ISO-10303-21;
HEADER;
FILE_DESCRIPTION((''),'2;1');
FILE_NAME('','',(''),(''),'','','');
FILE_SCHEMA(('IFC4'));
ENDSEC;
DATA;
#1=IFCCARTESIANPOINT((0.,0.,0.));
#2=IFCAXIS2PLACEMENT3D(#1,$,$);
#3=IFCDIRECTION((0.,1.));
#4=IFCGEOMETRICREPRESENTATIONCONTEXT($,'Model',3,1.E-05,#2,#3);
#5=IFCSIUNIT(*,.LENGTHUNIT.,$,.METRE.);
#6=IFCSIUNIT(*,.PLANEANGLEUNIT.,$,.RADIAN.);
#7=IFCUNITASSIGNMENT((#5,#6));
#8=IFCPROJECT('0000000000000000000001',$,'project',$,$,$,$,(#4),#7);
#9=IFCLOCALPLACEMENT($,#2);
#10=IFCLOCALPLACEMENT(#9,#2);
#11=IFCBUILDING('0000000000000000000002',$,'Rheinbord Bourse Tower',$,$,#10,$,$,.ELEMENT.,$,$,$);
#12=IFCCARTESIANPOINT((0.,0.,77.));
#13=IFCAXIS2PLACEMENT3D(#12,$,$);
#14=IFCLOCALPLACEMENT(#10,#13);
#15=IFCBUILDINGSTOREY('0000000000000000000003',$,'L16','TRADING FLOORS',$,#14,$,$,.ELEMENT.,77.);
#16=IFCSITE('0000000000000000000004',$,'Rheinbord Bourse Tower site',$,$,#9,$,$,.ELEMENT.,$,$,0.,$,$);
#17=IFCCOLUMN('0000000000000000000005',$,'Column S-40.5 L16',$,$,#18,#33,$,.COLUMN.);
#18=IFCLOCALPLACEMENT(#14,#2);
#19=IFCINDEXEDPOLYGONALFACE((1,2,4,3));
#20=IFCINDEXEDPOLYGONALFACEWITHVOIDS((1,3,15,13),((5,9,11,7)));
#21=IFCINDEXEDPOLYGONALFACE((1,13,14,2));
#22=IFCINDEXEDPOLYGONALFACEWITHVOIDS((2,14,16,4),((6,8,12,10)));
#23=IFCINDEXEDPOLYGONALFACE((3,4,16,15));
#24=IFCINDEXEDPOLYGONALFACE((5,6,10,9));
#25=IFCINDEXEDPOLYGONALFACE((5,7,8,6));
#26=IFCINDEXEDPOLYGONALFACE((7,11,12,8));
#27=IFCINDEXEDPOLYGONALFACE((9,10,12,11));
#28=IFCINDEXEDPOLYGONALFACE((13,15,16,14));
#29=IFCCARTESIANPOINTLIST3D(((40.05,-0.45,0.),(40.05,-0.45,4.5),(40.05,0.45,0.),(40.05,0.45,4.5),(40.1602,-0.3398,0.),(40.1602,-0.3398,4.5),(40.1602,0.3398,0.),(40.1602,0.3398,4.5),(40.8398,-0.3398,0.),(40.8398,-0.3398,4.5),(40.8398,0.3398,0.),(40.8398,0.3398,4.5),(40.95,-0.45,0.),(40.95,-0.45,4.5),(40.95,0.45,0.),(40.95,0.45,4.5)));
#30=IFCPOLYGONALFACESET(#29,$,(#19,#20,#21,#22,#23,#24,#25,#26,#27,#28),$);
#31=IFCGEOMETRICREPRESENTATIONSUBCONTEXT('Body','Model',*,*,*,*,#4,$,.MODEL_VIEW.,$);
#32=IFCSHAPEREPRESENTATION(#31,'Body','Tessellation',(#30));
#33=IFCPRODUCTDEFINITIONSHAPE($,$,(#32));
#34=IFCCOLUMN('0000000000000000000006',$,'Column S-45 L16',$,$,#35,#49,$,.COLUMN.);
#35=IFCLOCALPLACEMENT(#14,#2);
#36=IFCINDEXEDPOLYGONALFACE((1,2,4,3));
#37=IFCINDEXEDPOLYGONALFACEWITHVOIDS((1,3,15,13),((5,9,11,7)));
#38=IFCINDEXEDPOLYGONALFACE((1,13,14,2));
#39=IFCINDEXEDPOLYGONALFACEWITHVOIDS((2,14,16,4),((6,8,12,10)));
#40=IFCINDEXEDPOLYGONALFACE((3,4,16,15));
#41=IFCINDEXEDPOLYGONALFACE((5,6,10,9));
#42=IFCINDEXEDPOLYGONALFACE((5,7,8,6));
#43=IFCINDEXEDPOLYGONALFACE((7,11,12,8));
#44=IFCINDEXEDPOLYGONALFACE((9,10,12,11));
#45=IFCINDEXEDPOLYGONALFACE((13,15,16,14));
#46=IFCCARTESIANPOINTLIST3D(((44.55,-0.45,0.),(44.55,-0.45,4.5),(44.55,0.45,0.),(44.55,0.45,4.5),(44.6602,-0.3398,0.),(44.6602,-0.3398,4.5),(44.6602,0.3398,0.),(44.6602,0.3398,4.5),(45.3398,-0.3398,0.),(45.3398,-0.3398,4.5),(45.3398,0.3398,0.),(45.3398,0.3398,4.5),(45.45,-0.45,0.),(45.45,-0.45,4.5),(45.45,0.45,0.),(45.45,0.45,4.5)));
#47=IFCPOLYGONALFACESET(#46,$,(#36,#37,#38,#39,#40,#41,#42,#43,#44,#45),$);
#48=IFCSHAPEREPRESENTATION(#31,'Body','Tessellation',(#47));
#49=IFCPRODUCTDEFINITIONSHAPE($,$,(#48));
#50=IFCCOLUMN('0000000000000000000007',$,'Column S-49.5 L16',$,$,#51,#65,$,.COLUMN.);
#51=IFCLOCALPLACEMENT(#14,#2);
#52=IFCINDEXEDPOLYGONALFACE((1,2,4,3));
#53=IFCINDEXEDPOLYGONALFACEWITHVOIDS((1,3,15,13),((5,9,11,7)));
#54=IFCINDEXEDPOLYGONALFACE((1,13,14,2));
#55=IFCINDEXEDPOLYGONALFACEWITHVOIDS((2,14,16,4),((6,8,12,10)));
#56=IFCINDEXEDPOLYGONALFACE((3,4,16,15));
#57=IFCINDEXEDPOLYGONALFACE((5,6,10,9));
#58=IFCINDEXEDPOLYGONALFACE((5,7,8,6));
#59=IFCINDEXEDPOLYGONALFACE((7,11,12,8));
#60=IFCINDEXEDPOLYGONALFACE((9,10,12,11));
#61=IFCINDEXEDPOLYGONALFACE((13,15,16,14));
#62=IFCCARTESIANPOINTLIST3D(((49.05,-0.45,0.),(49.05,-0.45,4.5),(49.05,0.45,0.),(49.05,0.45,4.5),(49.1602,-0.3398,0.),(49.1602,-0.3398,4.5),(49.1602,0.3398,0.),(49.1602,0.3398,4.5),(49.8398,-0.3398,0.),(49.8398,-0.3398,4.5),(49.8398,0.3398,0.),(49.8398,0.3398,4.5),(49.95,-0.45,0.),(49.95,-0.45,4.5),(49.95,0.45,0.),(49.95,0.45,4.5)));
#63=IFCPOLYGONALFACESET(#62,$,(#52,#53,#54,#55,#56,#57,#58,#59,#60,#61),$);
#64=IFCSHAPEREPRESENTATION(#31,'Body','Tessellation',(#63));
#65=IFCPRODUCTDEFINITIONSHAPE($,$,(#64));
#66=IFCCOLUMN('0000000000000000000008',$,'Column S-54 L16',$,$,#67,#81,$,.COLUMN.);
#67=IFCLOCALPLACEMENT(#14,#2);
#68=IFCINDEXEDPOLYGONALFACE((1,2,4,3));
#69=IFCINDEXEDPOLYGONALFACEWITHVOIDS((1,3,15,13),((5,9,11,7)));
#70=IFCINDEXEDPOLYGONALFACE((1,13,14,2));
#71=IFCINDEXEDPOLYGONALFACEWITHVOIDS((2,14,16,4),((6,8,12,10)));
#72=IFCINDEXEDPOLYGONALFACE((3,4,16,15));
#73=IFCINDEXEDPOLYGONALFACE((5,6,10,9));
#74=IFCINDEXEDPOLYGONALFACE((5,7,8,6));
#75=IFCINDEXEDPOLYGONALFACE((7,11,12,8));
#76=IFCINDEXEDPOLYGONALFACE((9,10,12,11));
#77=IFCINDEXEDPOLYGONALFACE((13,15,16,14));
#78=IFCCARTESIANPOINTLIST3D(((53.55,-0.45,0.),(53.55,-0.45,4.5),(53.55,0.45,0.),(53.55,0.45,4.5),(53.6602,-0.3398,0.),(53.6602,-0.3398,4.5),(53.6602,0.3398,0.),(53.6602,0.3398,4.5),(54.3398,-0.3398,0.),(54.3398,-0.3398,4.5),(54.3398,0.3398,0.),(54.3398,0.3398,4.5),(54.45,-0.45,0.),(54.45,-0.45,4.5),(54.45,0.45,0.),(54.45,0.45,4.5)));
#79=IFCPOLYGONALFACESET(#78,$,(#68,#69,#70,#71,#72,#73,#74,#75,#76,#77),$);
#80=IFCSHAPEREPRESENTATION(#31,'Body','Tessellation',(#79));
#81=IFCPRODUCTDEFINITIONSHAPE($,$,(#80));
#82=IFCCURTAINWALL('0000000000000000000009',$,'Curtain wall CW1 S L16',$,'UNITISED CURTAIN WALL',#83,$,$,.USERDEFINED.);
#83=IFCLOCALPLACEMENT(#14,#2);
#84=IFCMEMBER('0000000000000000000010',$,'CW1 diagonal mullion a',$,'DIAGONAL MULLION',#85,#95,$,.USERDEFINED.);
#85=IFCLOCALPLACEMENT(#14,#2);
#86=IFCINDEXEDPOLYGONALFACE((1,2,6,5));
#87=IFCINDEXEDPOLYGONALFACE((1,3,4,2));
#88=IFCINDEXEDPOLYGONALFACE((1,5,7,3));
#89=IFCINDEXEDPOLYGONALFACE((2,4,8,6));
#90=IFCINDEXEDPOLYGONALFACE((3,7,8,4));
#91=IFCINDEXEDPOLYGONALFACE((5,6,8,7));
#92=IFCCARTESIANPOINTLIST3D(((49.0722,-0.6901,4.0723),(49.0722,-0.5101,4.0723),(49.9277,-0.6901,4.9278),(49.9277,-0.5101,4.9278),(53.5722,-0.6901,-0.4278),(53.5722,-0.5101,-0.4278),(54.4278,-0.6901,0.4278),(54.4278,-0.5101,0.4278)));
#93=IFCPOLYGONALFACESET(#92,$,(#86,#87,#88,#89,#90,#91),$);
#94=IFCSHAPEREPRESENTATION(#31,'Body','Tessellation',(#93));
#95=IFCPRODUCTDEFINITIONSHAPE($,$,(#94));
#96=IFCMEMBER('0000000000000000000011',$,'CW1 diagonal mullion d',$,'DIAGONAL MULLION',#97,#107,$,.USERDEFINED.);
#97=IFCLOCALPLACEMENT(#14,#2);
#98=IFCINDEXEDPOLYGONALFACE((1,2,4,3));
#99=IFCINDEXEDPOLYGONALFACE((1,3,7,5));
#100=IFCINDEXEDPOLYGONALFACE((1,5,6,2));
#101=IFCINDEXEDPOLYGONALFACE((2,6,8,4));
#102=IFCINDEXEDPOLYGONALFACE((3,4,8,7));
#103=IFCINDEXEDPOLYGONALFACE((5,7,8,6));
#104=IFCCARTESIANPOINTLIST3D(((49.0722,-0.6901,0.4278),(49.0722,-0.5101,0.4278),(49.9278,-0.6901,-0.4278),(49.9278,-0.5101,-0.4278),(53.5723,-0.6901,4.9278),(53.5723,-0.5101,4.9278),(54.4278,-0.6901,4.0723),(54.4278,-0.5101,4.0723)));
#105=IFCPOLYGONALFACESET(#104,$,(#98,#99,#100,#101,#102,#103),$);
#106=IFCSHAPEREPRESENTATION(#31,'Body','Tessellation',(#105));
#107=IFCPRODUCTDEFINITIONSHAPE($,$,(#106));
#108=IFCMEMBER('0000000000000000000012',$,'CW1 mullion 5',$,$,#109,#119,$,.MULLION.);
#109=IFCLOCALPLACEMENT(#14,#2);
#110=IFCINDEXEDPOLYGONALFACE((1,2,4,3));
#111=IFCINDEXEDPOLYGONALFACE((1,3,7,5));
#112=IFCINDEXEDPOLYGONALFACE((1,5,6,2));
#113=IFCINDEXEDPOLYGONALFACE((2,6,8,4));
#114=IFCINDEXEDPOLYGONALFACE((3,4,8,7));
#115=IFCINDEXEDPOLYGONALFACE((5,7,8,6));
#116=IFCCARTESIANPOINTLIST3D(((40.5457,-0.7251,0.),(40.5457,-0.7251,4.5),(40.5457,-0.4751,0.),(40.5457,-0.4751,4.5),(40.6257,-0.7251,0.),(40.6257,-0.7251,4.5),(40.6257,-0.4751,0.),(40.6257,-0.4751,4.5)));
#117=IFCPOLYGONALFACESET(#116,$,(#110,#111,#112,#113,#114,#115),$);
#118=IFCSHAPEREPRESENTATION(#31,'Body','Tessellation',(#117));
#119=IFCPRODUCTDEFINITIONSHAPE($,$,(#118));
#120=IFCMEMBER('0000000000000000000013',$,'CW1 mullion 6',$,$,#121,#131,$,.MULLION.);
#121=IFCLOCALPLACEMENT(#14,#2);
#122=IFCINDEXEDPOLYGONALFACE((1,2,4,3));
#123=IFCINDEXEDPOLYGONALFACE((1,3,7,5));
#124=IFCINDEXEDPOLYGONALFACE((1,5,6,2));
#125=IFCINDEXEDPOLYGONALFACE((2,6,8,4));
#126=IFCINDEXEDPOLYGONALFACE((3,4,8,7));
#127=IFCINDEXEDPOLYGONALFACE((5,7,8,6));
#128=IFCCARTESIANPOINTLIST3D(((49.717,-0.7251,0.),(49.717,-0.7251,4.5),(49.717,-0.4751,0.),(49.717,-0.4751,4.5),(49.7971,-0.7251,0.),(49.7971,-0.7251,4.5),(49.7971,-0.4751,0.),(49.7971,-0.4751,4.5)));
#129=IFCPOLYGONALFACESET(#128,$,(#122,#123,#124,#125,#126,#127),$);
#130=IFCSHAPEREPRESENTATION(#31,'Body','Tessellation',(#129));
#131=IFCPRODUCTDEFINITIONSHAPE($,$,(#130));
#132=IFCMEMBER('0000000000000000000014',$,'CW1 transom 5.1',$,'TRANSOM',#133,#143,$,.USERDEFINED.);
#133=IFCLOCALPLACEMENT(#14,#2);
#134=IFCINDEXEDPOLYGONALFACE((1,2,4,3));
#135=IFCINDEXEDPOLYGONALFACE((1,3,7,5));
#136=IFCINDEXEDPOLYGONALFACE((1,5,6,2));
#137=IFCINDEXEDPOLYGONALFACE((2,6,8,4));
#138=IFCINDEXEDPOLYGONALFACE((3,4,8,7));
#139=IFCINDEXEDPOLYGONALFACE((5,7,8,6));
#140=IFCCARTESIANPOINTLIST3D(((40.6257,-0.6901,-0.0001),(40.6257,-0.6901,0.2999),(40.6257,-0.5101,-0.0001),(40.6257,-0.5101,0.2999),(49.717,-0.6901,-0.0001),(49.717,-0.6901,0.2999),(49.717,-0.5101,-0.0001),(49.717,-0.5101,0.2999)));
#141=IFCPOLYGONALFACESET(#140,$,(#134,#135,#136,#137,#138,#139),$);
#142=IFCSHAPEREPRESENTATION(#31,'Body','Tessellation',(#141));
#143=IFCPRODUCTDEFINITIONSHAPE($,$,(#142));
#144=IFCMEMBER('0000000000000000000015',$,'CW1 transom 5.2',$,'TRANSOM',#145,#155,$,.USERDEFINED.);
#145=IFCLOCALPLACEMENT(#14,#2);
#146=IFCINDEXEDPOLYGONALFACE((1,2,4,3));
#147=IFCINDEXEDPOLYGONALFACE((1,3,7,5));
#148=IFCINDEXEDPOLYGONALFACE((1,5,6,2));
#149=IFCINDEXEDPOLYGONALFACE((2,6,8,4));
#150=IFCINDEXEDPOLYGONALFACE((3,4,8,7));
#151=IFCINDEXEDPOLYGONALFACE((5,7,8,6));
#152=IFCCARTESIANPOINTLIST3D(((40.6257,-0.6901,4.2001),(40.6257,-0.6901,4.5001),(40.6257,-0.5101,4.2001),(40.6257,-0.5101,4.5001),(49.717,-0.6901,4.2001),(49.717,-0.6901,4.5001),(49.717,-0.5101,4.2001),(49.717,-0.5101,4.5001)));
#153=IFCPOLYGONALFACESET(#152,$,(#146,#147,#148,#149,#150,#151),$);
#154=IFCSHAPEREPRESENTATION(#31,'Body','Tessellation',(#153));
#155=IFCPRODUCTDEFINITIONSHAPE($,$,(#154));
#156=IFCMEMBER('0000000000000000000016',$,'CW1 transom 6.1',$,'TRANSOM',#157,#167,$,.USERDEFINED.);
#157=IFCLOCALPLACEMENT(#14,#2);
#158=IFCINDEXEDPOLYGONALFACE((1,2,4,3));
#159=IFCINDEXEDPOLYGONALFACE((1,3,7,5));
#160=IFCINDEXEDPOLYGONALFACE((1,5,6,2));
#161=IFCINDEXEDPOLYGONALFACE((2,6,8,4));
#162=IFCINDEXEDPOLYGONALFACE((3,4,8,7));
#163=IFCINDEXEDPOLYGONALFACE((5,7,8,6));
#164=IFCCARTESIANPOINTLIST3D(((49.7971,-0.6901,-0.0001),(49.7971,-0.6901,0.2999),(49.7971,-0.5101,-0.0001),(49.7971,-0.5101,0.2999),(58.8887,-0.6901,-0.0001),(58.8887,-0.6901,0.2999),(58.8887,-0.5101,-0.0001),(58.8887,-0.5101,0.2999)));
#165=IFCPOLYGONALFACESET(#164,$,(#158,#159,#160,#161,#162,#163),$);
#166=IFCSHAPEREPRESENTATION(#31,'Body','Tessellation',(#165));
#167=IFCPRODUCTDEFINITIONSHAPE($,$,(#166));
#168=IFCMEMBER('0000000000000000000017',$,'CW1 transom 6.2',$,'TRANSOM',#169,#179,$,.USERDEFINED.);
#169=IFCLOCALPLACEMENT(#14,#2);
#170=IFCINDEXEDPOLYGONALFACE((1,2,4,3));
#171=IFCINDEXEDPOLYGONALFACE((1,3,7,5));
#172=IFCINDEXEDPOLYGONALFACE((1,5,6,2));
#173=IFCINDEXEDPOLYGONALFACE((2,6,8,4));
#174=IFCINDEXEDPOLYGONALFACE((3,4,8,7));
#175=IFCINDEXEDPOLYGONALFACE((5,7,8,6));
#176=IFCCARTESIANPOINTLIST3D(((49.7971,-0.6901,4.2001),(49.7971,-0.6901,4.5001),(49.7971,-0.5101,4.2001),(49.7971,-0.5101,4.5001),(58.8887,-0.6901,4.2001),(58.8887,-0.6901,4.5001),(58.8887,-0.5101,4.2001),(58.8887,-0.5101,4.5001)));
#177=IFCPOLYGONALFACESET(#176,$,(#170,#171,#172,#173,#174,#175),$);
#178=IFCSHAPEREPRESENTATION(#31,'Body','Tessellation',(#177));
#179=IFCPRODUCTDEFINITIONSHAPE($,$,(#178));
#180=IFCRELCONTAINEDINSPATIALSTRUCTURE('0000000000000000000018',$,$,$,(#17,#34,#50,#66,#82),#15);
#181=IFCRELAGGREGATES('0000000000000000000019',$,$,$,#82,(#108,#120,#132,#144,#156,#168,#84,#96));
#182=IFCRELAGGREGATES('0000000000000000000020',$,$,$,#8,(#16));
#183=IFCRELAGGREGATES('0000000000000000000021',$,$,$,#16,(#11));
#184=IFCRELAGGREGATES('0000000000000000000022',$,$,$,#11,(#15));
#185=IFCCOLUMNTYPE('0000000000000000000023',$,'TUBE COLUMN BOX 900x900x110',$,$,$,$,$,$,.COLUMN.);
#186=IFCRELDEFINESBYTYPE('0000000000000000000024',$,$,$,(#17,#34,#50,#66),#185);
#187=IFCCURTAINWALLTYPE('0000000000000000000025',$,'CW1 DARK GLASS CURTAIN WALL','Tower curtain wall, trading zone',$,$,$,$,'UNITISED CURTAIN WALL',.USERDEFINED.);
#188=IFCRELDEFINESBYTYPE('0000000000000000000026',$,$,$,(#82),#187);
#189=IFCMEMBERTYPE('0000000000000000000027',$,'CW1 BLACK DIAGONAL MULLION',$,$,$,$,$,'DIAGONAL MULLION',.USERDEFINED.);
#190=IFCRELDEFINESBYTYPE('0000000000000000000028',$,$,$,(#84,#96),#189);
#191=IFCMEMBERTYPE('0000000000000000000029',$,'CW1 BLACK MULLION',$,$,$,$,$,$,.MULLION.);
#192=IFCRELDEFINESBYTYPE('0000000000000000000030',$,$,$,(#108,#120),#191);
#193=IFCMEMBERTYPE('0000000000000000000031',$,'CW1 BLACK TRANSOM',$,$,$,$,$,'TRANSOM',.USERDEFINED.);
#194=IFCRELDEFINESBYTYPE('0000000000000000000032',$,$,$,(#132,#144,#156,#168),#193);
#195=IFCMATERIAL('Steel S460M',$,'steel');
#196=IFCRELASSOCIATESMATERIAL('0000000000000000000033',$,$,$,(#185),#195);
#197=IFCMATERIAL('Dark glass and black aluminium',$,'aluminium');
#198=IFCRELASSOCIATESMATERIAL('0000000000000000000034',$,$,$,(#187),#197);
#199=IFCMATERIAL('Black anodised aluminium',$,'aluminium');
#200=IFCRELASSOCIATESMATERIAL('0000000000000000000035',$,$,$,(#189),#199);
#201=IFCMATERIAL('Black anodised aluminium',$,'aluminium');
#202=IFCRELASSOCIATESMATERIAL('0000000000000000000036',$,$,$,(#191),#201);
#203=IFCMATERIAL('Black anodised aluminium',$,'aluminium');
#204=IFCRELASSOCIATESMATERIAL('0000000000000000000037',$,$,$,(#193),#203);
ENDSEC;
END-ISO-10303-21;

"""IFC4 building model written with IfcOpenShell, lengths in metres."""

from ifc_helpers import new_model, si_unit, direction, frame, origin, origin_2d, place, context, subcontext, project, spatial, rectangle, hollow_rectangle, extrude, material, material_profile, profile_set, type_object, element, aggregate, save


model = new_model("IFC4")

# Units and contexts
model_context = context("Model", 3, precision=1e-05, world=origin(), true_north=direction((0.0, 1.0)))
body_context = subcontext(model_context, "Body", "Model", "MODEL_VIEW")
ifc_project = project(units=[si_unit("LENGTHUNIT", "METRE"), si_unit("PLANEANGLEUNIT", "RADIAN")], contexts=[model_context])

# Site, building, storey
site_placement = place(None, origin())
site = spatial("IfcSite", under=ifc_project, at=site_placement, Name="Rheinbord Bourse Tower site", CompositionType="ELEMENT", RefElevation=0.0)
building_placement = place(site_placement, origin())
building = spatial("IfcBuilding", under=site, at=building_placement, Name="Rheinbord Bourse Tower", CompositionType="ELEMENT")
storey_placement = place(building_placement, frame((0.0, 0.0, 77.0)))
storey = spatial("IfcBuildingStorey", under=building, at=storey_placement, Name="L16", Description="TRADING FLOORS", CompositionType="ELEMENT", Elevation=77.0)

# Columns
ifc_material_1 = material(Name="Steel S460M", Category="steel")
ifc_material_profile_1 = material_profile(ifc_material_1, hollow_rectangle(XDim=0.8999, YDim=0.8999, WallThickness=0.1101, at=origin_2d()), Name="BOX 900x900x110")
ifc_profile_set_1 = profile_set([ifc_material_profile_1], Name="Steel S460M")
column_type = type_object("IfcColumnType", Name="TUBE COLUMN BOX 900x900x110", PredefinedType="COLUMN", material=ifc_profile_set_1)
for number, where, z_axis, x_axis, name in (
    (1, (40.5, 0.0, 0.0), (0.0, 0.0, 1.0), (0.0, 1.0, 0.0), "Column S-40.5 L16"),
    (2, (45.0, 0.0, 0.0), (0.0, 0.0, 1.0), (0.0, 1.0, 0.0), "Column S-45 L16"),
    (3, (49.5, 0.0, 0.0), (0.0, 0.0, 1.0), (0.0, 1.0, 0.0), "Column S-49.5 L16"),
    (4, (54.0, 0.0, 0.0), (0.0, 0.0, 1.0), (0.0, 1.0, 0.0), "Column S-54 L16"),
):
    element("IfcColumn", number, at=place(storey_placement, frame(where, z_axis=z_axis, x_axis=x_axis)), inside=storey, type_object=column_type, Name=name, PredefinedType="COLUMN", context=body_context, shape_type="SweptSolid", body=[
        extrude(hollow_rectangle(XDim=0.8999, YDim=0.8999, WallThickness=0.1101, at=origin_2d()), origin(), (0.0, 0.0, 1.0), 4.5),
    ])

# Curtain wall, members
ifc_material_2 = material(Name="Dark glass and black aluminium", Category="aluminium")
curtain_wall_type = type_object("IfcCurtainWallType", Name="CW1 DARK GLASS CURTAIN WALL", Description="Tower curtain wall, trading zone", ElementType="UNITISED CURTAIN WALL", PredefinedType="USERDEFINED", material=ifc_material_2)
curtain_wall_placement = place(storey_placement, origin())
curtain_wall = element("IfcCurtainWall", 5, at=curtain_wall_placement, inside=storey, type_object=curtain_wall_type, Name="Curtain wall CW1 S L16", ObjectType="UNITISED CURTAIN WALL", PredefinedType="USERDEFINED")
ifc_material_3 = material(Name="Black anodised aluminium", Category="aluminium")
ifc_material_profile_2 = material_profile(ifc_material_3, rectangle(XDim=0.1799, YDim=1.21, at=origin_2d()), Name="CW1 DIAGONAL MULLION 1210x180")
ifc_profile_set_2 = profile_set([ifc_material_profile_2], Name="Black anodised aluminium")
member_type_1 = type_object("IfcMemberType", Name="CW1 BLACK DIAGONAL MULLION", ElementType="DIAGONAL MULLION", PredefinedType="USERDEFINED", material=ifc_profile_set_2)
member_1_placement = place(storey_placement, frame((54.0, -0.6001, 0.0), z_axis=(-0.707107, 0.0, 0.707107), x_axis=(0.0, -1.0, 0.0)))
member_1 = element("IfcMember", 6, at=member_1_placement, type_object=member_type_1, Name="CW1 diagonal mullion a", ObjectType="DIAGONAL MULLION", PredefinedType="USERDEFINED", context=body_context, shape_type="SweptSolid", body=[
    extrude(rectangle(XDim=0.1799, YDim=1.21, at=origin_2d()), origin(), (0.0, 0.0, 1.0), 6.364),
])
member_2_placement = place(storey_placement, frame((49.5, -0.6001, 0.0), z_axis=(0.707107, 0.0, 0.707107), x_axis=(0.0, 1.0, 0.0)))
member_2 = element("IfcMember", 7, at=member_2_placement, type_object=member_type_1, Name="CW1 diagonal mullion d", ObjectType="DIAGONAL MULLION", PredefinedType="USERDEFINED", context=body_context, shape_type="SweptSolid", body=[
    extrude(rectangle(XDim=0.1799, YDim=1.21, at=origin_2d()), origin(), (0.0, 0.0, 1.0), 6.364),
])
ifc_material_4 = material(Name="Black anodised aluminium", Category="aluminium")
ifc_material_profile_3 = material_profile(ifc_material_4, rectangle(XDim=0.25, YDim=0.0801, at=origin_2d()), Name="CW1 MULLION 80x250")
ifc_profile_set_3 = profile_set([ifc_material_profile_3], Name="Black anodised aluminium")
member_type_2 = type_object("IfcMemberType", Name="CW1 BLACK MULLION", PredefinedType="MULLION", material=ifc_profile_set_3)
member_3_placement = place(storey_placement, frame((40.5857, -0.6001, 0.0), z_axis=(0.0, 0.0, 1.0), x_axis=(0.0, 1.0, 0.0)))
member_3 = element("IfcMember", 8, at=member_3_placement, type_object=member_type_2, Name="CW1 mullion 5", PredefinedType="MULLION", context=body_context, shape_type="SweptSolid", body=[
    extrude(rectangle(XDim=0.25, YDim=0.0801, at=origin_2d()), origin(), (0.0, 0.0, 1.0), 4.5),
])
member_4_placement = place(storey_placement, frame((49.7571, -0.6001, 0.0), z_axis=(0.0, 0.0, 1.0), x_axis=(0.0, 1.0, 0.0)))
member_4 = element("IfcMember", 9, at=member_4_placement, type_object=member_type_2, Name="CW1 mullion 6", PredefinedType="MULLION", context=body_context, shape_type="SweptSolid", body=[
    extrude(rectangle(XDim=0.25, YDim=0.0801, at=origin_2d()), origin(), (0.0, 0.0, 1.0), 4.5),
])
ifc_material_5 = material(Name="Black anodised aluminium", Category="aluminium")
ifc_material_profile_4 = material_profile(ifc_material_5, rectangle(XDim=0.1799, YDim=0.3, at=origin_2d()), Name="CW1 TRANSOM 300x180")
ifc_profile_set_4 = profile_set([ifc_material_profile_4], Name="Black anodised aluminium")
member_type_3 = type_object("IfcMemberType", Name="CW1 BLACK TRANSOM", ElementType="TRANSOM", PredefinedType="USERDEFINED", material=ifc_profile_set_4)
member_5_placement = place(storey_placement, frame((40.6257, -0.6001, 0.1499), z_axis=(1.0, 0.0, 0.0), x_axis=(0.0, 1.0, 0.0)))
member_5 = element("IfcMember", 10, at=member_5_placement, type_object=member_type_3, Name="CW1 transom 5.1", ObjectType="TRANSOM", PredefinedType="USERDEFINED", context=body_context, shape_type="SweptSolid", body=[
    extrude(rectangle(XDim=0.1799, YDim=0.3, at=origin_2d()), origin(), (0.0, 0.0, 1.0), 9.0913),
])
member_6_placement = place(storey_placement, frame((40.6257, -0.6001, 4.3501), z_axis=(1.0, 0.0, 0.0), x_axis=(0.0, 1.0, 0.0)))
member_6 = element("IfcMember", 11, at=member_6_placement, type_object=member_type_3, Name="CW1 transom 5.2", ObjectType="TRANSOM", PredefinedType="USERDEFINED", context=body_context, shape_type="SweptSolid", body=[
    extrude(rectangle(XDim=0.1799, YDim=0.3, at=origin_2d()), origin(), (0.0, 0.0, 1.0), 9.0913),
])
member_7_placement = place(storey_placement, frame((49.7971, -0.6001, 0.1499), z_axis=(1.0, 0.0, 0.0), x_axis=(0.0, 1.0, 0.0)))
member_7 = element("IfcMember", 12, at=member_7_placement, type_object=member_type_3, Name="CW1 transom 6.1", ObjectType="TRANSOM", PredefinedType="USERDEFINED", context=body_context, shape_type="SweptSolid", body=[
    extrude(rectangle(XDim=0.1799, YDim=0.3, at=origin_2d()), origin(), (0.0, 0.0, 1.0), 9.0916),
])
member_8_placement = place(storey_placement, frame((49.7971, -0.6001, 4.3501), z_axis=(1.0, 0.0, 0.0), x_axis=(0.0, 1.0, 0.0)))
member_8 = element("IfcMember", 13, at=member_8_placement, type_object=member_type_3, Name="CW1 transom 6.2", ObjectType="TRANSOM", PredefinedType="USERDEFINED", context=body_context, shape_type="SweptSolid", body=[
    extrude(rectangle(XDim=0.1799, YDim=0.3, at=origin_2d()), origin(), (0.0, 0.0, 1.0), 9.0916),
])

aggregate(curtain_wall, [member_3, member_4, member_5, member_6, member_7, member_8, member_1, member_2])

save(model, "model.ifc")
